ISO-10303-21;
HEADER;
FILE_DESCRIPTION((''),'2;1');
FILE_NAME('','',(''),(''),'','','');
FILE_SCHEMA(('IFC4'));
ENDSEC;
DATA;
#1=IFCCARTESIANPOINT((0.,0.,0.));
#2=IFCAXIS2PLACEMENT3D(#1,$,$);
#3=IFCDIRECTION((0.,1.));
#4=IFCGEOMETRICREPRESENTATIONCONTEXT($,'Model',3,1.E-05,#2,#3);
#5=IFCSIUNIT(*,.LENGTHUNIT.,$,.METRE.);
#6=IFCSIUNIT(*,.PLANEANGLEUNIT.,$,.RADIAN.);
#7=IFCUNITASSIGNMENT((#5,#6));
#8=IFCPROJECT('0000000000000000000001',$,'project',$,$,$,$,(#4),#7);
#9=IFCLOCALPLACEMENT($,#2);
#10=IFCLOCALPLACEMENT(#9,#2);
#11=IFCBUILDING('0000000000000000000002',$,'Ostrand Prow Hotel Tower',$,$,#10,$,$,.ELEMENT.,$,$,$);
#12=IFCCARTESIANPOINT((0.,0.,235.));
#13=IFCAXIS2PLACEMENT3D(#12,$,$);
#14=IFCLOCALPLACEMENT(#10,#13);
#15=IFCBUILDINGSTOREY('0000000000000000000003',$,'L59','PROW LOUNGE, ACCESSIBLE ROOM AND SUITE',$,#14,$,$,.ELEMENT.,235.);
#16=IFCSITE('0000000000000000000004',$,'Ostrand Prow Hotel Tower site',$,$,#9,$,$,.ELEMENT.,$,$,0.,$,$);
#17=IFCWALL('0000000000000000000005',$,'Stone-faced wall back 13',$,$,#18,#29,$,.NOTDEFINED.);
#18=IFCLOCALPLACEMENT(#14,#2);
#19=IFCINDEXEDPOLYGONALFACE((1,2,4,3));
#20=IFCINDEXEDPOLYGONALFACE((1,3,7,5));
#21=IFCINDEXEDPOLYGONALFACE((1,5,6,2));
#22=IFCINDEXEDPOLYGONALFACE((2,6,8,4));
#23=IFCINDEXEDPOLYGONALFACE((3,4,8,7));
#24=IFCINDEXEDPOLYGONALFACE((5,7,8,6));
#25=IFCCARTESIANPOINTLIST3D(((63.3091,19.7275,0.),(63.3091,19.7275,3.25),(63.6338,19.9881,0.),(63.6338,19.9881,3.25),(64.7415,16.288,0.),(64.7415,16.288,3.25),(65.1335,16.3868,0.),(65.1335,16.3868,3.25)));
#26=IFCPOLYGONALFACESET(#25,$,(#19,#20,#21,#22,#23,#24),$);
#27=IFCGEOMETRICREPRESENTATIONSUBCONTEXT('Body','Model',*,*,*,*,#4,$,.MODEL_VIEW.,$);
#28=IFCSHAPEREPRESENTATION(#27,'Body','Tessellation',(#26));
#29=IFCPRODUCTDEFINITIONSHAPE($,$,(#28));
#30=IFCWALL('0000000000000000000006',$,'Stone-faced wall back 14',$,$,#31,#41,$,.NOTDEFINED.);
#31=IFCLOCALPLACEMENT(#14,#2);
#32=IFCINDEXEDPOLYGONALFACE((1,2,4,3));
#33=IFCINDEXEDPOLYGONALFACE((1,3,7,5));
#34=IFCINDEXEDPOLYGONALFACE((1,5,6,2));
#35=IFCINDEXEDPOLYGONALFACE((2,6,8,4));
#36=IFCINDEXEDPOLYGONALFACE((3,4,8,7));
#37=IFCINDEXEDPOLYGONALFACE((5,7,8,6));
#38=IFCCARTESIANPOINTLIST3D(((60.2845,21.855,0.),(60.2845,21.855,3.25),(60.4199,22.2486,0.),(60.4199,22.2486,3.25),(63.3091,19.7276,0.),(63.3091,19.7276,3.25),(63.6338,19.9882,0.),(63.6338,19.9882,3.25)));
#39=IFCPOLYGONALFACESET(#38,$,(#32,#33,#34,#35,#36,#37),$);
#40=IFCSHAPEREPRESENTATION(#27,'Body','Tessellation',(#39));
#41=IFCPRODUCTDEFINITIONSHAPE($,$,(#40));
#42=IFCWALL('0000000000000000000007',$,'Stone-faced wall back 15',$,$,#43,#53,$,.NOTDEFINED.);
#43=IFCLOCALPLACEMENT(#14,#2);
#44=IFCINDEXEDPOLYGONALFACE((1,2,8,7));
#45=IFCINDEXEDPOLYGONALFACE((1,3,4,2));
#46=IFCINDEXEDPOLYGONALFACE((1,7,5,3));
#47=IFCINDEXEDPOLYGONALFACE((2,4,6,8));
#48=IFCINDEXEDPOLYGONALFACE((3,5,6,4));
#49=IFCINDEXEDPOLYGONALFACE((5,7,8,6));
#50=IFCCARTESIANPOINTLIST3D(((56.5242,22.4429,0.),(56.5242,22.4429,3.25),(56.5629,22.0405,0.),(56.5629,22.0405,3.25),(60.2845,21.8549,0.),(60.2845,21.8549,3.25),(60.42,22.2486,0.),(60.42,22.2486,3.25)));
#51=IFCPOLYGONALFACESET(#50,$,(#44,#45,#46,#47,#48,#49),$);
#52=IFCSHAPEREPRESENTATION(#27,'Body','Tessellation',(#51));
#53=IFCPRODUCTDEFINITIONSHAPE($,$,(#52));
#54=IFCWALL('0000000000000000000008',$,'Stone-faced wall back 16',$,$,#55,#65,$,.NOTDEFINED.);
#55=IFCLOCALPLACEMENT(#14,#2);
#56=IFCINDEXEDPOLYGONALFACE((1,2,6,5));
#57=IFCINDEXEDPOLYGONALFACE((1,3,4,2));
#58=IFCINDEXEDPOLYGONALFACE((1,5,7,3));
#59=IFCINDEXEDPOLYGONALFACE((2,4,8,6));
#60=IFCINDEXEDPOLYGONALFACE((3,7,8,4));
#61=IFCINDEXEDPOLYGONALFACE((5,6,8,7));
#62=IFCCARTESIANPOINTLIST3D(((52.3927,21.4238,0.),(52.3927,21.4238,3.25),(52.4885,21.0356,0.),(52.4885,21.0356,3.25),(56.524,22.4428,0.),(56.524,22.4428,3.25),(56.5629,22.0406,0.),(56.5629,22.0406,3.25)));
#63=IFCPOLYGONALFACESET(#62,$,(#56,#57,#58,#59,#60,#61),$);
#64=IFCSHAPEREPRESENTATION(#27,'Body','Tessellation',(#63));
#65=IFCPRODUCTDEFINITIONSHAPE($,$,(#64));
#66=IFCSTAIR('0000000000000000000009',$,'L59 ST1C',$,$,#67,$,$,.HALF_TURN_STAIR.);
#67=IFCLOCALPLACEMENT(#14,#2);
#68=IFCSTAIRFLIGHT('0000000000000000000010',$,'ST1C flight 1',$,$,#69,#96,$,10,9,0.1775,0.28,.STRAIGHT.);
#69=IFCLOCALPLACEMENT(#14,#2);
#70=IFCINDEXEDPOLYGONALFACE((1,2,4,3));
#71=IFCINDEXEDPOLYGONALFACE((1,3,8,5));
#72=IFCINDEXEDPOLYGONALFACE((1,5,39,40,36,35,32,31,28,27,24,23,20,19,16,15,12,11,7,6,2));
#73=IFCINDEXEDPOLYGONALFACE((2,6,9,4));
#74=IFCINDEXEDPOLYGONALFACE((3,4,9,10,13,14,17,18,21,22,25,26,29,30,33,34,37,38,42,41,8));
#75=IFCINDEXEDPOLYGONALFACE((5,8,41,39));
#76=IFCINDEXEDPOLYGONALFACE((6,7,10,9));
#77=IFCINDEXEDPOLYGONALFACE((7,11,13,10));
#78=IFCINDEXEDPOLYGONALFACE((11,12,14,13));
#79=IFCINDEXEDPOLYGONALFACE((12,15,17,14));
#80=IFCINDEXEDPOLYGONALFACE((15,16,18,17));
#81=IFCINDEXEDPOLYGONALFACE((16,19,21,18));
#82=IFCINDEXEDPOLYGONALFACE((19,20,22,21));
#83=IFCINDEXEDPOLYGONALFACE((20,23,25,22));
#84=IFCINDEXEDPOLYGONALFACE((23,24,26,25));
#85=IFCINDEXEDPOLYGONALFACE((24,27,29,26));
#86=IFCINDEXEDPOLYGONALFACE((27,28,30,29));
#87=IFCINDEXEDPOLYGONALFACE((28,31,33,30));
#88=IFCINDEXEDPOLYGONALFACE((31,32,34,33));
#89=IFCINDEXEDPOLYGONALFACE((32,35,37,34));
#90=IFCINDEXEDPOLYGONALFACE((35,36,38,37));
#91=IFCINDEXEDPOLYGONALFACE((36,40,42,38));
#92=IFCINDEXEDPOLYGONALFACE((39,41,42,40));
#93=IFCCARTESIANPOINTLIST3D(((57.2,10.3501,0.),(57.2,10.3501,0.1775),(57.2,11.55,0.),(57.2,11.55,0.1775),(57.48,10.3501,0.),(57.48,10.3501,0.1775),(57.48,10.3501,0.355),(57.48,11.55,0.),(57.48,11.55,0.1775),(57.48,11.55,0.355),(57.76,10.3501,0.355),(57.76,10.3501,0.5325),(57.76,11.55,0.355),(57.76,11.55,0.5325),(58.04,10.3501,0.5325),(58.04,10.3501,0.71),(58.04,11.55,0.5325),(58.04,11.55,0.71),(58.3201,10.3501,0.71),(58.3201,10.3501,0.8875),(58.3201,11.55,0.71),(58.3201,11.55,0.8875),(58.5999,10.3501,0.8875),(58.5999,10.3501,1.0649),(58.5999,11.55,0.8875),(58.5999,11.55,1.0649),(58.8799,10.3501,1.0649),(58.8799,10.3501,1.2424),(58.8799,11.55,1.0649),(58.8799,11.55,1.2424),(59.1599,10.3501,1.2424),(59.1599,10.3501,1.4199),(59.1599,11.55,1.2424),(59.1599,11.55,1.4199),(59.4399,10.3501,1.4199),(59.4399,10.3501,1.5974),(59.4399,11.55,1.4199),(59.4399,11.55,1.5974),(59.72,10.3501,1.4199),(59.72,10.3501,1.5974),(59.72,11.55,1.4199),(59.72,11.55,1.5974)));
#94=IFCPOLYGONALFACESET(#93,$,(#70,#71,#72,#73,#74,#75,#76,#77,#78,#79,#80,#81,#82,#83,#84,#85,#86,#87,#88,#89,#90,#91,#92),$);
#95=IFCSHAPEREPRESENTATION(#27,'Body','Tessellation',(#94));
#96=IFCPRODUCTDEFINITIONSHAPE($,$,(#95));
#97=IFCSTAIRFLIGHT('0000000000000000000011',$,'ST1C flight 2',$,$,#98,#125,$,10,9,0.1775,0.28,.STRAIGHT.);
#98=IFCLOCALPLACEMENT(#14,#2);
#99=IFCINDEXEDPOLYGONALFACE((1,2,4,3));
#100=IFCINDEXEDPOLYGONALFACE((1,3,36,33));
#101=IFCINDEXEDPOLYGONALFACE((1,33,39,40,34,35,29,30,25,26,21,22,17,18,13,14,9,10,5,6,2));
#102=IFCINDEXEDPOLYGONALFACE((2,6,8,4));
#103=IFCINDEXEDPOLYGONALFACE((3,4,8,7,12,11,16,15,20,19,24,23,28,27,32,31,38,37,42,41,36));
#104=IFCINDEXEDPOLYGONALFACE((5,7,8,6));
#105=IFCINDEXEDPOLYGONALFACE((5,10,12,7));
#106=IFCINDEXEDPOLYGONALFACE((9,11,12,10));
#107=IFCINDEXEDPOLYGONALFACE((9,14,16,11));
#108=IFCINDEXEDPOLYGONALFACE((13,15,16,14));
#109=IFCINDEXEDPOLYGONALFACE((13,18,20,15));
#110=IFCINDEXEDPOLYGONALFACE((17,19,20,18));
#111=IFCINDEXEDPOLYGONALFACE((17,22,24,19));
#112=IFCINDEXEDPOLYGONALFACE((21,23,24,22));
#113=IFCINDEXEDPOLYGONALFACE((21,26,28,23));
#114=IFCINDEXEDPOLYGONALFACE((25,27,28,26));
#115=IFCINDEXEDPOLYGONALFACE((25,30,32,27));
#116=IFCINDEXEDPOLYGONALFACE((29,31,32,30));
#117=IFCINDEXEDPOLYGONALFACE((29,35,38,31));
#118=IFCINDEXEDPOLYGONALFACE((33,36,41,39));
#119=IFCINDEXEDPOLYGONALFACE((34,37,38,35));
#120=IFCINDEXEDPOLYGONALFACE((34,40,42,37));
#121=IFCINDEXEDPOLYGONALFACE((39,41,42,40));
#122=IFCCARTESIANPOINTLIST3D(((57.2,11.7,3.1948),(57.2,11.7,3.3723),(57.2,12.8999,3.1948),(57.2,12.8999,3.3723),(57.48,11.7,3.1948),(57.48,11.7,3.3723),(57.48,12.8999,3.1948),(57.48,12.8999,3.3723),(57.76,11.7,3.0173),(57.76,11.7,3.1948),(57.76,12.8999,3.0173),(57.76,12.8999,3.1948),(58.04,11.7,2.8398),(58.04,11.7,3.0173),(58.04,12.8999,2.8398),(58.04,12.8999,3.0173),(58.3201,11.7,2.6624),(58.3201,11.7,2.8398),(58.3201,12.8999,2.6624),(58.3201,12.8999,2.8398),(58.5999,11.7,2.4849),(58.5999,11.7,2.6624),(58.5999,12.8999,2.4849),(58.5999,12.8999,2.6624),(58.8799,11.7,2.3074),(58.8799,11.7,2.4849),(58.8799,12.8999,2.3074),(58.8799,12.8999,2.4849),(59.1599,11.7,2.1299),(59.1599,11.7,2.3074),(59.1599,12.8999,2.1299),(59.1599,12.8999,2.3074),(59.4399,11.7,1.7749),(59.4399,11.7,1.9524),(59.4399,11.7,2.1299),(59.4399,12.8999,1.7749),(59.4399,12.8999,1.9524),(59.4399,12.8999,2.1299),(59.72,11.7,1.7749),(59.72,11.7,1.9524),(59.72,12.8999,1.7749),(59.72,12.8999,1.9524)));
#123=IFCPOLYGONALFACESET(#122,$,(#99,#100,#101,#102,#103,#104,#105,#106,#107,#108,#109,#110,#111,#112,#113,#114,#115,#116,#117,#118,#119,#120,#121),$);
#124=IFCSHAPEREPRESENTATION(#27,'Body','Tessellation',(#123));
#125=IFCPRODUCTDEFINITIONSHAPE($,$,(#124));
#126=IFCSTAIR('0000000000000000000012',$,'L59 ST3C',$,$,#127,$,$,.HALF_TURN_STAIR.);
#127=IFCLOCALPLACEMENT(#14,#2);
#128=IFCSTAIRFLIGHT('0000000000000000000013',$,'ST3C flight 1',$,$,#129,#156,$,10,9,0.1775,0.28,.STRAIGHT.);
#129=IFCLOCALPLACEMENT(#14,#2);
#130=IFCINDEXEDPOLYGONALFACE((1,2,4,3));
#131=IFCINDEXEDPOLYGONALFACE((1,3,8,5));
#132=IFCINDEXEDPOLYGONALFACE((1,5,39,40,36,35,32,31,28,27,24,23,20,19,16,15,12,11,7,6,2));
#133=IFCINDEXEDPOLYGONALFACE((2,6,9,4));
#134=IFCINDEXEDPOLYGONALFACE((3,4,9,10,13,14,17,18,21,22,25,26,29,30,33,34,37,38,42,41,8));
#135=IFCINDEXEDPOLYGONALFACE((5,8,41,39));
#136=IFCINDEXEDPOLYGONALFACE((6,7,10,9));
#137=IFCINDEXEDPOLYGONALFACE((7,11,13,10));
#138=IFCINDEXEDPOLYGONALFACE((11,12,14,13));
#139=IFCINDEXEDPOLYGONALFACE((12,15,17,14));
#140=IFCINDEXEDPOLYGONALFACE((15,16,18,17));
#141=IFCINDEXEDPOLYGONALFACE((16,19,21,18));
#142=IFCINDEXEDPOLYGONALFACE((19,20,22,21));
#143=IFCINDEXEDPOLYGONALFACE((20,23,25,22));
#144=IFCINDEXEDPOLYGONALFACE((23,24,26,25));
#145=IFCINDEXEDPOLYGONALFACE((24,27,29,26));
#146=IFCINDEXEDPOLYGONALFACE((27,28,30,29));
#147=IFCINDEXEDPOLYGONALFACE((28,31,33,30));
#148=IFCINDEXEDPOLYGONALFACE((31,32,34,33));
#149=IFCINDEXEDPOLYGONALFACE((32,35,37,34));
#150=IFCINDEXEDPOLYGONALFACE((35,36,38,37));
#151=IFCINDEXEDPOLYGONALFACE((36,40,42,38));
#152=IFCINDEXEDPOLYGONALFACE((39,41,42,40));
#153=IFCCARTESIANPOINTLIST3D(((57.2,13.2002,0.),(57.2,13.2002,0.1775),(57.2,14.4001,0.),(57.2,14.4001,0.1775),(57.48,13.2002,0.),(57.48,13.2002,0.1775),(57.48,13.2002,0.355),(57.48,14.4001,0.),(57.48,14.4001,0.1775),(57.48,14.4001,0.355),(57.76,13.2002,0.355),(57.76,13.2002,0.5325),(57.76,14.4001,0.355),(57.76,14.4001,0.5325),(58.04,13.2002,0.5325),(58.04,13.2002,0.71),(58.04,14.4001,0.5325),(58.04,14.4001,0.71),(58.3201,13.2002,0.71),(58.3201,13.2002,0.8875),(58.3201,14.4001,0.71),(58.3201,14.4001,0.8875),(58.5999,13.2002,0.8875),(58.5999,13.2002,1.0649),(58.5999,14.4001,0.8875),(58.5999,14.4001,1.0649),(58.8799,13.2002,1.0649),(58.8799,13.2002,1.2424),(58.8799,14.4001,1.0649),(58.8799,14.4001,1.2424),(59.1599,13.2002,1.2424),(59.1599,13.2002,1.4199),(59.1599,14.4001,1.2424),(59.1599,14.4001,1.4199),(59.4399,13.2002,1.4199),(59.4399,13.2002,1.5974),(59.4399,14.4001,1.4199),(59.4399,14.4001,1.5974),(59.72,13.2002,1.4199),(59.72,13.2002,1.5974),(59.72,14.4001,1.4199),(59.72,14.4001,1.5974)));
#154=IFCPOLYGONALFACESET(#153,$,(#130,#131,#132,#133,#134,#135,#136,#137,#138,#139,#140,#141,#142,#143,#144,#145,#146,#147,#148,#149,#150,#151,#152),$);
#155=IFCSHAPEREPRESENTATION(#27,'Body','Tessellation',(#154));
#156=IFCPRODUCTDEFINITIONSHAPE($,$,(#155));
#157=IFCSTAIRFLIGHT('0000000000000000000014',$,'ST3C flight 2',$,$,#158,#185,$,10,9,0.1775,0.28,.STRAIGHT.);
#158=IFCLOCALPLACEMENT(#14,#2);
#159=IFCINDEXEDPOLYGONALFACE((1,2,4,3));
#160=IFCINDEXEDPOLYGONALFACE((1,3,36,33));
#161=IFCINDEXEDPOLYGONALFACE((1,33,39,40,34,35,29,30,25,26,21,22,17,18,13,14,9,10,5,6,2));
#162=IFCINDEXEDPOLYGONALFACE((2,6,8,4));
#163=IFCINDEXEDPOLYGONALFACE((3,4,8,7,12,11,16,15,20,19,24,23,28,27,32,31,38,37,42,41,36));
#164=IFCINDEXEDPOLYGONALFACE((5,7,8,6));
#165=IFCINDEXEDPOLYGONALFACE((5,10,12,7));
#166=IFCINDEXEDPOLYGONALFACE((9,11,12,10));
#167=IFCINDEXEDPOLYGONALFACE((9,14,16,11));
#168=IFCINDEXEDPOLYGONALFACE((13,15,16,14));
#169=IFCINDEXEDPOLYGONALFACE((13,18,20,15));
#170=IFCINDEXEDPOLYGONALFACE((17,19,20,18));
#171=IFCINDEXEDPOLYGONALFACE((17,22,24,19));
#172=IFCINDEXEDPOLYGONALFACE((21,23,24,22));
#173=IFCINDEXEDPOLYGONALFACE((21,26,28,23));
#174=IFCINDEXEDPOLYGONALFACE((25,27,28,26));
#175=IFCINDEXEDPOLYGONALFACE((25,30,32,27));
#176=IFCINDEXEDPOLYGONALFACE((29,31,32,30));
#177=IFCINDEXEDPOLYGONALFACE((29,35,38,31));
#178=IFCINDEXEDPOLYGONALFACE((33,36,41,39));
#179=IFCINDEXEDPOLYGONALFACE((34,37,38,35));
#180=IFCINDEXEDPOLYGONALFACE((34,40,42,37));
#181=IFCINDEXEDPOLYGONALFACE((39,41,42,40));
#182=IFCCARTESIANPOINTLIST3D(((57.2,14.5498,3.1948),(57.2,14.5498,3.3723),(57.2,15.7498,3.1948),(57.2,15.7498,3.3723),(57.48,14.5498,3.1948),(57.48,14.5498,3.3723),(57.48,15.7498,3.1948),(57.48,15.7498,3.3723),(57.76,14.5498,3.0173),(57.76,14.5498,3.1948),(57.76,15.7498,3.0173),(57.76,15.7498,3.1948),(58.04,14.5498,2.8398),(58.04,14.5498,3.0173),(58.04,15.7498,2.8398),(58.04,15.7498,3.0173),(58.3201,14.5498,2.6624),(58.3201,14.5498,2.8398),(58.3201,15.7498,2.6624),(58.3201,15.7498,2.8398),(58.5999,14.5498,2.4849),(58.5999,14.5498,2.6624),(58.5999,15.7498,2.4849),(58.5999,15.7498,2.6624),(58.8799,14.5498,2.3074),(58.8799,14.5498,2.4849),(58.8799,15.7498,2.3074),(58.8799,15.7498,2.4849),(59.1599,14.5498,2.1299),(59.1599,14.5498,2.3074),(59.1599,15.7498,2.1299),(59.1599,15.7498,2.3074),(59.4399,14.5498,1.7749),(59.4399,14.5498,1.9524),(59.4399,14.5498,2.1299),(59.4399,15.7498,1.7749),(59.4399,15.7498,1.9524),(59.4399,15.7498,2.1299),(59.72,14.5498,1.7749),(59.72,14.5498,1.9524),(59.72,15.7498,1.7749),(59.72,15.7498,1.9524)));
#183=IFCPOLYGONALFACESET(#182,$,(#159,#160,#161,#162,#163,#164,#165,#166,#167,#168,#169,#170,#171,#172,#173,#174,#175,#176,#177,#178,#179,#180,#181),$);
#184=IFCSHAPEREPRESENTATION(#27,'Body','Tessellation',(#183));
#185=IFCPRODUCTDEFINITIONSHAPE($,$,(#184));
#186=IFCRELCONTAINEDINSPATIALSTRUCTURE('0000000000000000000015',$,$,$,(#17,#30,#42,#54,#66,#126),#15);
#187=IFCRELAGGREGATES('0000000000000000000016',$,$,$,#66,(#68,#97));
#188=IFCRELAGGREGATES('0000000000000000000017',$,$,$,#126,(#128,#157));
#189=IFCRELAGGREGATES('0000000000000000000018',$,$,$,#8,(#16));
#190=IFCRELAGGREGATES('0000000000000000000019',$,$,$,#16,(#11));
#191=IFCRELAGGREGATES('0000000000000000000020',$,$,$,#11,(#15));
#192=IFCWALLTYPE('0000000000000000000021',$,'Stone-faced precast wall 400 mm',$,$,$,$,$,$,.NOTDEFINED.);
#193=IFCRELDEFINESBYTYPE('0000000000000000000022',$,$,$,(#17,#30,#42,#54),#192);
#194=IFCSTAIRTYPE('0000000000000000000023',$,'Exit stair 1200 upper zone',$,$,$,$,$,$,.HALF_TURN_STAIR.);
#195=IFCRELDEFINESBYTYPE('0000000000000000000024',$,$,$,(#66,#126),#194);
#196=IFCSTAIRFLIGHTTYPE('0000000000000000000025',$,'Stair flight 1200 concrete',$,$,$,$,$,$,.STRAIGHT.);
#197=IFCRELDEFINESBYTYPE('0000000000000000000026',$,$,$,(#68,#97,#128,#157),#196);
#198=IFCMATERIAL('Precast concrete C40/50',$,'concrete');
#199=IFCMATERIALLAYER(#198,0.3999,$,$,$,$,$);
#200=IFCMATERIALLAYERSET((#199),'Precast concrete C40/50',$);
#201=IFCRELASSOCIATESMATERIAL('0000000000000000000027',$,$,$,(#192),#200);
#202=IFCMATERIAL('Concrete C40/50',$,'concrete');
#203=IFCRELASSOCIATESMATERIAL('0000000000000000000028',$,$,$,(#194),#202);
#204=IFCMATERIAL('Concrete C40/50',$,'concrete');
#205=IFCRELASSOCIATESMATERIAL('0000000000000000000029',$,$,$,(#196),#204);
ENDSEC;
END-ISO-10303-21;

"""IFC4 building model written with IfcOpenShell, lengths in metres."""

from ifc_helpers import new_model, si_unit, direction, frame, origin, place, context, subcontext, project, spatial, polyline, outline, extrude, material, layer, layer_set, type_object, element, aggregate, save


model = new_model("IFC4")

# Units and contexts
model_context = context("Model", 3, precision=1e-05, world=origin(), true_north=direction((0.0, 1.0)))
body_context = subcontext(model_context, "Body", "Model", "MODEL_VIEW")
ifc_project = project(units=[si_unit("LENGTHUNIT", "METRE"), si_unit("PLANEANGLEUNIT", "RADIAN")], contexts=[model_context])

# Site, building, storey
site_placement = place(None, origin())
site = spatial("IfcSite", under=ifc_project, at=site_placement, Name="Ostrand Prow Hotel Tower site", CompositionType="ELEMENT", RefElevation=0.0)
building_placement = place(site_placement, origin())
building = spatial("IfcBuilding", under=site, at=building_placement, Name="Ostrand Prow Hotel Tower", CompositionType="ELEMENT")
storey_placement = place(building_placement, frame((0.0, 0.0, 235.0)))
storey = spatial("IfcBuildingStorey", under=building, at=storey_placement, Name="L59", Description="PROW LOUNGE, ACCESSIBLE ROOM AND SUITE", CompositionType="ELEMENT", Elevation=235.0)

# Shared definitions
ifc_material_1 = material(Name="Precast concrete C40/50", Category="concrete")
ifc_layer_1 = layer(ifc_material_1, 0.3999)
ifc_layer_set_1 = layer_set([ifc_layer_1], Name="Precast concrete C40/50")
wall_type_1 = type_object("IfcWallType", Name="Stone-faced precast wall 400 mm", PredefinedType="NOTDEFINED", material=ifc_layer_set_1)

# Walls
wall_1_placement = place(storey_placement, frame((64.9375, 16.3374, 0.0), z_axis=(0.0, 0.0, 1.0), x_axis=(-0.384434, 0.923153, 0.0)))
element("IfcWall", 1, at=wall_1_placement, inside=storey, type_object=wall_type_1, Name="Stone-faced wall back 13", PredefinedType="NOTDEFINED", context=body_context, shape_type="SweptSolid", body=[
    extrude(outline(polyline([(-0.0298, -0.2), (3.8713, -0.2), (3.7556, 0.2), (0.0298, 0.2), (-0.0298, -0.2)])), origin(), (0.0, 0.0, 1.0), 3.25),
])
wall_2_placement = place(storey_placement, frame((63.4714, 19.8579, 0.0), z_axis=(0.0, 0.0, 1.0), x_axis=(-0.817943, 0.5753, 0.0)))
element("IfcWall", 2, at=wall_2_placement, inside=storey, type_object=wall_type_1, Name="Stone-faced wall back 14", PredefinedType="NOTDEFINED", context=body_context, shape_type="SweptSolid", body=[
    extrude(outline(polyline([(-0.0579, -0.2), (3.8713, -0.2), (3.7556, 0.2), (0.0579, 0.2), (-0.0579, -0.2)])), origin(), (0.0, 0.0, 1.0), 3.25),
])
wall_3_placement = place(storey_placement, frame((60.3523, 22.0518, 0.0), z_axis=(0.0, 0.0, 1.0), x_axis=(-0.998759, 0.049807, 0.0)))
element("IfcWall", 3, at=wall_3_placement, inside=storey, type_object=wall_type_1, Name="Stone-faced wall back 15", PredefinedType="NOTDEFINED", context=body_context, shape_type="SweptSolid", body=[
    extrude(outline(polyline([(-0.0579, -0.2), (3.8428, -0.2), (3.7842, 0.2), (0.0579, 0.2), (-0.0579, -0.2)])), origin(), (0.0, 0.0, 1.0), 3.25),
])
wall_4_placement = place(storey_placement, frame((56.5435, 22.2417, 0.0), z_axis=(0.0, 0.0, 1.0), x_axis=(-0.970902, -0.239476, 0.0)))
element("IfcWall", 4, at=wall_4_placement, inside=storey, type_object=wall_type_1, Name="Stone-faced wall back 16", PredefinedType="NOTDEFINED", context=body_context, shape_type="SweptSolid", body=[
    extrude(outline(polyline([(-0.0293, -0.2), (4.2258, -0.2), (4.2258, 0.2), (0.0293, 0.2), (-0.0293, -0.2)])), origin(), (0.0, 0.0, 1.0), 3.25),
])

# Stairs, stair flights
ifc_material_2 = material(Name="Concrete C40/50", Category="concrete")
stair_type = type_object("IfcStairType", Name="Exit stair 1200 upper zone", PredefinedType="HALF_TURN_STAIR", material=ifc_material_2)
stair_1_placement = place(storey_placement, origin())
stair_1 = element("IfcStair", 5, at=stair_1_placement, inside=storey, type_object=stair_type, Name="L59 ST1C", PredefinedType="HALF_TURN_STAIR")
ifc_material_3 = material(Name="Concrete C40/50", Category="concrete")
stair_flight_type = type_object("IfcStairFlightType", Name="Stair flight 1200 concrete", PredefinedType="STRAIGHT", material=ifc_material_3)
stair_flight_1_placement = place(storey_placement, frame((57.2, 10.95, 0.0), z_axis=(0.0, 0.0, 1.0), x_axis=(1.0, 0.0, 0.0)))
stair_flight_1 = element("IfcStairFlight", 6, at=stair_flight_1_placement, type_object=stair_flight_type, Name="ST1C flight 1", NumberOfRisers=10, NumberOfTreads=9, PredefinedType="STRAIGHT", RiserHeight=0.1775, TreadLength=0.28, context=body_context, shape_type="SweptSolid", body=[
    extrude(outline(polyline([(0.0, 0.0), (0.0, 0.1775), (0.28, 0.1775), (0.28, 0.355), (0.5601, 0.355), (0.5601, 0.5325), (0.8401, 0.5325), (0.8401, 0.71), (1.1201, 0.71), (1.1201, 0.8875), (1.3999, 0.8875), (1.3999, 1.0649), (1.6799, 1.0649), (1.6799, 1.2424), (1.96, 1.2424), (1.96, 1.4199), (2.24, 1.4199), (2.24, 1.5974), (2.52, 1.5974), (2.52, 1.7749), (2.52, 1.4199), (0.28, 0.0), (0.0, 0.0)])), frame((0.0, 0.6001, 0.0), z_axis=(0.0, -1.0, 0.0), x_axis=(1.0, 0.0, 0.0)), (0.0, 0.0, 1.0), 1.2),
])
stair_flight_2_placement = place(storey_placement, frame((59.72, 12.3, 1.7749), z_axis=(0.0, 0.0, 1.0), x_axis=(-1.0, 0.0, 0.0)))
stair_flight_2 = element("IfcStairFlight", 7, at=stair_flight_2_placement, type_object=stair_flight_type, Name="ST1C flight 2", NumberOfRisers=10, NumberOfTreads=9, PredefinedType="STRAIGHT", RiserHeight=0.1775, TreadLength=0.28, context=body_context, shape_type="SweptSolid", body=[
    extrude(outline(polyline([(0.0, 0.0), (0.0, 0.1775), (0.28, 0.1775), (0.28, 0.355), (0.5601, 0.355), (0.5601, 0.5325), (0.8401, 0.5325), (0.8401, 0.71), (1.1201, 0.71), (1.1201, 0.8875), (1.3999, 0.8875), (1.3999, 1.0649), (1.6799, 1.0649), (1.6799, 1.2424), (1.96, 1.2424), (1.96, 1.4199), (2.24, 1.4199), (2.24, 1.5974), (2.52, 1.5974), (2.52, 1.7749), (2.52, 1.4199), (0.28, 0.0), (0.0, 0.0)])), frame((0.0, 0.6001, 0.0), z_axis=(0.0, -1.0, 0.0), x_axis=(1.0, 0.0, 0.0)), (0.0, 0.0, 1.0), 1.2),
])
aggregate(stair_1, [stair_flight_1, stair_flight_2])
stair_2_placement = place(storey_placement, origin())
stair_2 = element("IfcStair", 8, at=stair_2_placement, inside=storey, type_object=stair_type, Name="L59 ST3C", PredefinedType="HALF_TURN_STAIR")
stair_flight_3_placement = place(storey_placement, frame((57.2, 13.8, 0.0), z_axis=(0.0, 0.0, 1.0), x_axis=(1.0, 0.0, 0.0)))
stair_flight_3 = element("IfcStairFlight", 9, at=stair_flight_3_placement, type_object=stair_flight_type, Name="ST3C flight 1", NumberOfRisers=10, NumberOfTreads=9, PredefinedType="STRAIGHT", RiserHeight=0.1775, TreadLength=0.28, context=body_context, shape_type="SweptSolid", body=[
    extrude(outline(polyline([(0.0, 0.0), (0.0, 0.1775), (0.28, 0.1775), (0.28, 0.355), (0.5601, 0.355), (0.5601, 0.5325), (0.8401, 0.5325), (0.8401, 0.71), (1.1201, 0.71), (1.1201, 0.8875), (1.3999, 0.8875), (1.3999, 1.0649), (1.6799, 1.0649), (1.6799, 1.2424), (1.96, 1.2424), (1.96, 1.4199), (2.24, 1.4199), (2.24, 1.5974), (2.52, 1.5974), (2.52, 1.7749), (2.52, 1.4199), (0.28, 0.0), (0.0, 0.0)])), frame((0.0, 0.6001, 0.0), z_axis=(0.0, -1.0, 0.0), x_axis=(1.0, 0.0, 0.0)), (0.0, 0.0, 1.0), 1.2),
])
stair_flight_4_placement = place(storey_placement, frame((59.72, 15.1499, 1.7749), z_axis=(0.0, 0.0, 1.0), x_axis=(-1.0, 0.0, 0.0)))
stair_flight_4 = element("IfcStairFlight", 10, at=stair_flight_4_placement, type_object=stair_flight_type, Name="ST3C flight 2", NumberOfRisers=10, NumberOfTreads=9, PredefinedType="STRAIGHT", RiserHeight=0.1775, TreadLength=0.28, context=body_context, shape_type="SweptSolid", body=[
    extrude(outline(polyline([(0.0, 0.0), (0.0, 0.1775), (0.28, 0.1775), (0.28, 0.355), (0.5601, 0.355), (0.5601, 0.5325), (0.8401, 0.5325), (0.8401, 0.71), (1.1201, 0.71), (1.1201, 0.8875), (1.3999, 0.8875), (1.3999, 1.0649), (1.6799, 1.0649), (1.6799, 1.2424), (1.96, 1.2424), (1.96, 1.4199), (2.24, 1.4199), (2.24, 1.5974), (2.52, 1.5974), (2.52, 1.7749), (2.52, 1.4199), (0.28, 0.0), (0.0, 0.0)])), frame((0.0, 0.6001, 0.0), z_axis=(0.0, -1.0, 0.0), x_axis=(1.0, 0.0, 0.0)), (0.0, 0.0, 1.0), 1.2),
])
aggregate(stair_2, [stair_flight_3, stair_flight_4])

save(model, "model.ifc")
